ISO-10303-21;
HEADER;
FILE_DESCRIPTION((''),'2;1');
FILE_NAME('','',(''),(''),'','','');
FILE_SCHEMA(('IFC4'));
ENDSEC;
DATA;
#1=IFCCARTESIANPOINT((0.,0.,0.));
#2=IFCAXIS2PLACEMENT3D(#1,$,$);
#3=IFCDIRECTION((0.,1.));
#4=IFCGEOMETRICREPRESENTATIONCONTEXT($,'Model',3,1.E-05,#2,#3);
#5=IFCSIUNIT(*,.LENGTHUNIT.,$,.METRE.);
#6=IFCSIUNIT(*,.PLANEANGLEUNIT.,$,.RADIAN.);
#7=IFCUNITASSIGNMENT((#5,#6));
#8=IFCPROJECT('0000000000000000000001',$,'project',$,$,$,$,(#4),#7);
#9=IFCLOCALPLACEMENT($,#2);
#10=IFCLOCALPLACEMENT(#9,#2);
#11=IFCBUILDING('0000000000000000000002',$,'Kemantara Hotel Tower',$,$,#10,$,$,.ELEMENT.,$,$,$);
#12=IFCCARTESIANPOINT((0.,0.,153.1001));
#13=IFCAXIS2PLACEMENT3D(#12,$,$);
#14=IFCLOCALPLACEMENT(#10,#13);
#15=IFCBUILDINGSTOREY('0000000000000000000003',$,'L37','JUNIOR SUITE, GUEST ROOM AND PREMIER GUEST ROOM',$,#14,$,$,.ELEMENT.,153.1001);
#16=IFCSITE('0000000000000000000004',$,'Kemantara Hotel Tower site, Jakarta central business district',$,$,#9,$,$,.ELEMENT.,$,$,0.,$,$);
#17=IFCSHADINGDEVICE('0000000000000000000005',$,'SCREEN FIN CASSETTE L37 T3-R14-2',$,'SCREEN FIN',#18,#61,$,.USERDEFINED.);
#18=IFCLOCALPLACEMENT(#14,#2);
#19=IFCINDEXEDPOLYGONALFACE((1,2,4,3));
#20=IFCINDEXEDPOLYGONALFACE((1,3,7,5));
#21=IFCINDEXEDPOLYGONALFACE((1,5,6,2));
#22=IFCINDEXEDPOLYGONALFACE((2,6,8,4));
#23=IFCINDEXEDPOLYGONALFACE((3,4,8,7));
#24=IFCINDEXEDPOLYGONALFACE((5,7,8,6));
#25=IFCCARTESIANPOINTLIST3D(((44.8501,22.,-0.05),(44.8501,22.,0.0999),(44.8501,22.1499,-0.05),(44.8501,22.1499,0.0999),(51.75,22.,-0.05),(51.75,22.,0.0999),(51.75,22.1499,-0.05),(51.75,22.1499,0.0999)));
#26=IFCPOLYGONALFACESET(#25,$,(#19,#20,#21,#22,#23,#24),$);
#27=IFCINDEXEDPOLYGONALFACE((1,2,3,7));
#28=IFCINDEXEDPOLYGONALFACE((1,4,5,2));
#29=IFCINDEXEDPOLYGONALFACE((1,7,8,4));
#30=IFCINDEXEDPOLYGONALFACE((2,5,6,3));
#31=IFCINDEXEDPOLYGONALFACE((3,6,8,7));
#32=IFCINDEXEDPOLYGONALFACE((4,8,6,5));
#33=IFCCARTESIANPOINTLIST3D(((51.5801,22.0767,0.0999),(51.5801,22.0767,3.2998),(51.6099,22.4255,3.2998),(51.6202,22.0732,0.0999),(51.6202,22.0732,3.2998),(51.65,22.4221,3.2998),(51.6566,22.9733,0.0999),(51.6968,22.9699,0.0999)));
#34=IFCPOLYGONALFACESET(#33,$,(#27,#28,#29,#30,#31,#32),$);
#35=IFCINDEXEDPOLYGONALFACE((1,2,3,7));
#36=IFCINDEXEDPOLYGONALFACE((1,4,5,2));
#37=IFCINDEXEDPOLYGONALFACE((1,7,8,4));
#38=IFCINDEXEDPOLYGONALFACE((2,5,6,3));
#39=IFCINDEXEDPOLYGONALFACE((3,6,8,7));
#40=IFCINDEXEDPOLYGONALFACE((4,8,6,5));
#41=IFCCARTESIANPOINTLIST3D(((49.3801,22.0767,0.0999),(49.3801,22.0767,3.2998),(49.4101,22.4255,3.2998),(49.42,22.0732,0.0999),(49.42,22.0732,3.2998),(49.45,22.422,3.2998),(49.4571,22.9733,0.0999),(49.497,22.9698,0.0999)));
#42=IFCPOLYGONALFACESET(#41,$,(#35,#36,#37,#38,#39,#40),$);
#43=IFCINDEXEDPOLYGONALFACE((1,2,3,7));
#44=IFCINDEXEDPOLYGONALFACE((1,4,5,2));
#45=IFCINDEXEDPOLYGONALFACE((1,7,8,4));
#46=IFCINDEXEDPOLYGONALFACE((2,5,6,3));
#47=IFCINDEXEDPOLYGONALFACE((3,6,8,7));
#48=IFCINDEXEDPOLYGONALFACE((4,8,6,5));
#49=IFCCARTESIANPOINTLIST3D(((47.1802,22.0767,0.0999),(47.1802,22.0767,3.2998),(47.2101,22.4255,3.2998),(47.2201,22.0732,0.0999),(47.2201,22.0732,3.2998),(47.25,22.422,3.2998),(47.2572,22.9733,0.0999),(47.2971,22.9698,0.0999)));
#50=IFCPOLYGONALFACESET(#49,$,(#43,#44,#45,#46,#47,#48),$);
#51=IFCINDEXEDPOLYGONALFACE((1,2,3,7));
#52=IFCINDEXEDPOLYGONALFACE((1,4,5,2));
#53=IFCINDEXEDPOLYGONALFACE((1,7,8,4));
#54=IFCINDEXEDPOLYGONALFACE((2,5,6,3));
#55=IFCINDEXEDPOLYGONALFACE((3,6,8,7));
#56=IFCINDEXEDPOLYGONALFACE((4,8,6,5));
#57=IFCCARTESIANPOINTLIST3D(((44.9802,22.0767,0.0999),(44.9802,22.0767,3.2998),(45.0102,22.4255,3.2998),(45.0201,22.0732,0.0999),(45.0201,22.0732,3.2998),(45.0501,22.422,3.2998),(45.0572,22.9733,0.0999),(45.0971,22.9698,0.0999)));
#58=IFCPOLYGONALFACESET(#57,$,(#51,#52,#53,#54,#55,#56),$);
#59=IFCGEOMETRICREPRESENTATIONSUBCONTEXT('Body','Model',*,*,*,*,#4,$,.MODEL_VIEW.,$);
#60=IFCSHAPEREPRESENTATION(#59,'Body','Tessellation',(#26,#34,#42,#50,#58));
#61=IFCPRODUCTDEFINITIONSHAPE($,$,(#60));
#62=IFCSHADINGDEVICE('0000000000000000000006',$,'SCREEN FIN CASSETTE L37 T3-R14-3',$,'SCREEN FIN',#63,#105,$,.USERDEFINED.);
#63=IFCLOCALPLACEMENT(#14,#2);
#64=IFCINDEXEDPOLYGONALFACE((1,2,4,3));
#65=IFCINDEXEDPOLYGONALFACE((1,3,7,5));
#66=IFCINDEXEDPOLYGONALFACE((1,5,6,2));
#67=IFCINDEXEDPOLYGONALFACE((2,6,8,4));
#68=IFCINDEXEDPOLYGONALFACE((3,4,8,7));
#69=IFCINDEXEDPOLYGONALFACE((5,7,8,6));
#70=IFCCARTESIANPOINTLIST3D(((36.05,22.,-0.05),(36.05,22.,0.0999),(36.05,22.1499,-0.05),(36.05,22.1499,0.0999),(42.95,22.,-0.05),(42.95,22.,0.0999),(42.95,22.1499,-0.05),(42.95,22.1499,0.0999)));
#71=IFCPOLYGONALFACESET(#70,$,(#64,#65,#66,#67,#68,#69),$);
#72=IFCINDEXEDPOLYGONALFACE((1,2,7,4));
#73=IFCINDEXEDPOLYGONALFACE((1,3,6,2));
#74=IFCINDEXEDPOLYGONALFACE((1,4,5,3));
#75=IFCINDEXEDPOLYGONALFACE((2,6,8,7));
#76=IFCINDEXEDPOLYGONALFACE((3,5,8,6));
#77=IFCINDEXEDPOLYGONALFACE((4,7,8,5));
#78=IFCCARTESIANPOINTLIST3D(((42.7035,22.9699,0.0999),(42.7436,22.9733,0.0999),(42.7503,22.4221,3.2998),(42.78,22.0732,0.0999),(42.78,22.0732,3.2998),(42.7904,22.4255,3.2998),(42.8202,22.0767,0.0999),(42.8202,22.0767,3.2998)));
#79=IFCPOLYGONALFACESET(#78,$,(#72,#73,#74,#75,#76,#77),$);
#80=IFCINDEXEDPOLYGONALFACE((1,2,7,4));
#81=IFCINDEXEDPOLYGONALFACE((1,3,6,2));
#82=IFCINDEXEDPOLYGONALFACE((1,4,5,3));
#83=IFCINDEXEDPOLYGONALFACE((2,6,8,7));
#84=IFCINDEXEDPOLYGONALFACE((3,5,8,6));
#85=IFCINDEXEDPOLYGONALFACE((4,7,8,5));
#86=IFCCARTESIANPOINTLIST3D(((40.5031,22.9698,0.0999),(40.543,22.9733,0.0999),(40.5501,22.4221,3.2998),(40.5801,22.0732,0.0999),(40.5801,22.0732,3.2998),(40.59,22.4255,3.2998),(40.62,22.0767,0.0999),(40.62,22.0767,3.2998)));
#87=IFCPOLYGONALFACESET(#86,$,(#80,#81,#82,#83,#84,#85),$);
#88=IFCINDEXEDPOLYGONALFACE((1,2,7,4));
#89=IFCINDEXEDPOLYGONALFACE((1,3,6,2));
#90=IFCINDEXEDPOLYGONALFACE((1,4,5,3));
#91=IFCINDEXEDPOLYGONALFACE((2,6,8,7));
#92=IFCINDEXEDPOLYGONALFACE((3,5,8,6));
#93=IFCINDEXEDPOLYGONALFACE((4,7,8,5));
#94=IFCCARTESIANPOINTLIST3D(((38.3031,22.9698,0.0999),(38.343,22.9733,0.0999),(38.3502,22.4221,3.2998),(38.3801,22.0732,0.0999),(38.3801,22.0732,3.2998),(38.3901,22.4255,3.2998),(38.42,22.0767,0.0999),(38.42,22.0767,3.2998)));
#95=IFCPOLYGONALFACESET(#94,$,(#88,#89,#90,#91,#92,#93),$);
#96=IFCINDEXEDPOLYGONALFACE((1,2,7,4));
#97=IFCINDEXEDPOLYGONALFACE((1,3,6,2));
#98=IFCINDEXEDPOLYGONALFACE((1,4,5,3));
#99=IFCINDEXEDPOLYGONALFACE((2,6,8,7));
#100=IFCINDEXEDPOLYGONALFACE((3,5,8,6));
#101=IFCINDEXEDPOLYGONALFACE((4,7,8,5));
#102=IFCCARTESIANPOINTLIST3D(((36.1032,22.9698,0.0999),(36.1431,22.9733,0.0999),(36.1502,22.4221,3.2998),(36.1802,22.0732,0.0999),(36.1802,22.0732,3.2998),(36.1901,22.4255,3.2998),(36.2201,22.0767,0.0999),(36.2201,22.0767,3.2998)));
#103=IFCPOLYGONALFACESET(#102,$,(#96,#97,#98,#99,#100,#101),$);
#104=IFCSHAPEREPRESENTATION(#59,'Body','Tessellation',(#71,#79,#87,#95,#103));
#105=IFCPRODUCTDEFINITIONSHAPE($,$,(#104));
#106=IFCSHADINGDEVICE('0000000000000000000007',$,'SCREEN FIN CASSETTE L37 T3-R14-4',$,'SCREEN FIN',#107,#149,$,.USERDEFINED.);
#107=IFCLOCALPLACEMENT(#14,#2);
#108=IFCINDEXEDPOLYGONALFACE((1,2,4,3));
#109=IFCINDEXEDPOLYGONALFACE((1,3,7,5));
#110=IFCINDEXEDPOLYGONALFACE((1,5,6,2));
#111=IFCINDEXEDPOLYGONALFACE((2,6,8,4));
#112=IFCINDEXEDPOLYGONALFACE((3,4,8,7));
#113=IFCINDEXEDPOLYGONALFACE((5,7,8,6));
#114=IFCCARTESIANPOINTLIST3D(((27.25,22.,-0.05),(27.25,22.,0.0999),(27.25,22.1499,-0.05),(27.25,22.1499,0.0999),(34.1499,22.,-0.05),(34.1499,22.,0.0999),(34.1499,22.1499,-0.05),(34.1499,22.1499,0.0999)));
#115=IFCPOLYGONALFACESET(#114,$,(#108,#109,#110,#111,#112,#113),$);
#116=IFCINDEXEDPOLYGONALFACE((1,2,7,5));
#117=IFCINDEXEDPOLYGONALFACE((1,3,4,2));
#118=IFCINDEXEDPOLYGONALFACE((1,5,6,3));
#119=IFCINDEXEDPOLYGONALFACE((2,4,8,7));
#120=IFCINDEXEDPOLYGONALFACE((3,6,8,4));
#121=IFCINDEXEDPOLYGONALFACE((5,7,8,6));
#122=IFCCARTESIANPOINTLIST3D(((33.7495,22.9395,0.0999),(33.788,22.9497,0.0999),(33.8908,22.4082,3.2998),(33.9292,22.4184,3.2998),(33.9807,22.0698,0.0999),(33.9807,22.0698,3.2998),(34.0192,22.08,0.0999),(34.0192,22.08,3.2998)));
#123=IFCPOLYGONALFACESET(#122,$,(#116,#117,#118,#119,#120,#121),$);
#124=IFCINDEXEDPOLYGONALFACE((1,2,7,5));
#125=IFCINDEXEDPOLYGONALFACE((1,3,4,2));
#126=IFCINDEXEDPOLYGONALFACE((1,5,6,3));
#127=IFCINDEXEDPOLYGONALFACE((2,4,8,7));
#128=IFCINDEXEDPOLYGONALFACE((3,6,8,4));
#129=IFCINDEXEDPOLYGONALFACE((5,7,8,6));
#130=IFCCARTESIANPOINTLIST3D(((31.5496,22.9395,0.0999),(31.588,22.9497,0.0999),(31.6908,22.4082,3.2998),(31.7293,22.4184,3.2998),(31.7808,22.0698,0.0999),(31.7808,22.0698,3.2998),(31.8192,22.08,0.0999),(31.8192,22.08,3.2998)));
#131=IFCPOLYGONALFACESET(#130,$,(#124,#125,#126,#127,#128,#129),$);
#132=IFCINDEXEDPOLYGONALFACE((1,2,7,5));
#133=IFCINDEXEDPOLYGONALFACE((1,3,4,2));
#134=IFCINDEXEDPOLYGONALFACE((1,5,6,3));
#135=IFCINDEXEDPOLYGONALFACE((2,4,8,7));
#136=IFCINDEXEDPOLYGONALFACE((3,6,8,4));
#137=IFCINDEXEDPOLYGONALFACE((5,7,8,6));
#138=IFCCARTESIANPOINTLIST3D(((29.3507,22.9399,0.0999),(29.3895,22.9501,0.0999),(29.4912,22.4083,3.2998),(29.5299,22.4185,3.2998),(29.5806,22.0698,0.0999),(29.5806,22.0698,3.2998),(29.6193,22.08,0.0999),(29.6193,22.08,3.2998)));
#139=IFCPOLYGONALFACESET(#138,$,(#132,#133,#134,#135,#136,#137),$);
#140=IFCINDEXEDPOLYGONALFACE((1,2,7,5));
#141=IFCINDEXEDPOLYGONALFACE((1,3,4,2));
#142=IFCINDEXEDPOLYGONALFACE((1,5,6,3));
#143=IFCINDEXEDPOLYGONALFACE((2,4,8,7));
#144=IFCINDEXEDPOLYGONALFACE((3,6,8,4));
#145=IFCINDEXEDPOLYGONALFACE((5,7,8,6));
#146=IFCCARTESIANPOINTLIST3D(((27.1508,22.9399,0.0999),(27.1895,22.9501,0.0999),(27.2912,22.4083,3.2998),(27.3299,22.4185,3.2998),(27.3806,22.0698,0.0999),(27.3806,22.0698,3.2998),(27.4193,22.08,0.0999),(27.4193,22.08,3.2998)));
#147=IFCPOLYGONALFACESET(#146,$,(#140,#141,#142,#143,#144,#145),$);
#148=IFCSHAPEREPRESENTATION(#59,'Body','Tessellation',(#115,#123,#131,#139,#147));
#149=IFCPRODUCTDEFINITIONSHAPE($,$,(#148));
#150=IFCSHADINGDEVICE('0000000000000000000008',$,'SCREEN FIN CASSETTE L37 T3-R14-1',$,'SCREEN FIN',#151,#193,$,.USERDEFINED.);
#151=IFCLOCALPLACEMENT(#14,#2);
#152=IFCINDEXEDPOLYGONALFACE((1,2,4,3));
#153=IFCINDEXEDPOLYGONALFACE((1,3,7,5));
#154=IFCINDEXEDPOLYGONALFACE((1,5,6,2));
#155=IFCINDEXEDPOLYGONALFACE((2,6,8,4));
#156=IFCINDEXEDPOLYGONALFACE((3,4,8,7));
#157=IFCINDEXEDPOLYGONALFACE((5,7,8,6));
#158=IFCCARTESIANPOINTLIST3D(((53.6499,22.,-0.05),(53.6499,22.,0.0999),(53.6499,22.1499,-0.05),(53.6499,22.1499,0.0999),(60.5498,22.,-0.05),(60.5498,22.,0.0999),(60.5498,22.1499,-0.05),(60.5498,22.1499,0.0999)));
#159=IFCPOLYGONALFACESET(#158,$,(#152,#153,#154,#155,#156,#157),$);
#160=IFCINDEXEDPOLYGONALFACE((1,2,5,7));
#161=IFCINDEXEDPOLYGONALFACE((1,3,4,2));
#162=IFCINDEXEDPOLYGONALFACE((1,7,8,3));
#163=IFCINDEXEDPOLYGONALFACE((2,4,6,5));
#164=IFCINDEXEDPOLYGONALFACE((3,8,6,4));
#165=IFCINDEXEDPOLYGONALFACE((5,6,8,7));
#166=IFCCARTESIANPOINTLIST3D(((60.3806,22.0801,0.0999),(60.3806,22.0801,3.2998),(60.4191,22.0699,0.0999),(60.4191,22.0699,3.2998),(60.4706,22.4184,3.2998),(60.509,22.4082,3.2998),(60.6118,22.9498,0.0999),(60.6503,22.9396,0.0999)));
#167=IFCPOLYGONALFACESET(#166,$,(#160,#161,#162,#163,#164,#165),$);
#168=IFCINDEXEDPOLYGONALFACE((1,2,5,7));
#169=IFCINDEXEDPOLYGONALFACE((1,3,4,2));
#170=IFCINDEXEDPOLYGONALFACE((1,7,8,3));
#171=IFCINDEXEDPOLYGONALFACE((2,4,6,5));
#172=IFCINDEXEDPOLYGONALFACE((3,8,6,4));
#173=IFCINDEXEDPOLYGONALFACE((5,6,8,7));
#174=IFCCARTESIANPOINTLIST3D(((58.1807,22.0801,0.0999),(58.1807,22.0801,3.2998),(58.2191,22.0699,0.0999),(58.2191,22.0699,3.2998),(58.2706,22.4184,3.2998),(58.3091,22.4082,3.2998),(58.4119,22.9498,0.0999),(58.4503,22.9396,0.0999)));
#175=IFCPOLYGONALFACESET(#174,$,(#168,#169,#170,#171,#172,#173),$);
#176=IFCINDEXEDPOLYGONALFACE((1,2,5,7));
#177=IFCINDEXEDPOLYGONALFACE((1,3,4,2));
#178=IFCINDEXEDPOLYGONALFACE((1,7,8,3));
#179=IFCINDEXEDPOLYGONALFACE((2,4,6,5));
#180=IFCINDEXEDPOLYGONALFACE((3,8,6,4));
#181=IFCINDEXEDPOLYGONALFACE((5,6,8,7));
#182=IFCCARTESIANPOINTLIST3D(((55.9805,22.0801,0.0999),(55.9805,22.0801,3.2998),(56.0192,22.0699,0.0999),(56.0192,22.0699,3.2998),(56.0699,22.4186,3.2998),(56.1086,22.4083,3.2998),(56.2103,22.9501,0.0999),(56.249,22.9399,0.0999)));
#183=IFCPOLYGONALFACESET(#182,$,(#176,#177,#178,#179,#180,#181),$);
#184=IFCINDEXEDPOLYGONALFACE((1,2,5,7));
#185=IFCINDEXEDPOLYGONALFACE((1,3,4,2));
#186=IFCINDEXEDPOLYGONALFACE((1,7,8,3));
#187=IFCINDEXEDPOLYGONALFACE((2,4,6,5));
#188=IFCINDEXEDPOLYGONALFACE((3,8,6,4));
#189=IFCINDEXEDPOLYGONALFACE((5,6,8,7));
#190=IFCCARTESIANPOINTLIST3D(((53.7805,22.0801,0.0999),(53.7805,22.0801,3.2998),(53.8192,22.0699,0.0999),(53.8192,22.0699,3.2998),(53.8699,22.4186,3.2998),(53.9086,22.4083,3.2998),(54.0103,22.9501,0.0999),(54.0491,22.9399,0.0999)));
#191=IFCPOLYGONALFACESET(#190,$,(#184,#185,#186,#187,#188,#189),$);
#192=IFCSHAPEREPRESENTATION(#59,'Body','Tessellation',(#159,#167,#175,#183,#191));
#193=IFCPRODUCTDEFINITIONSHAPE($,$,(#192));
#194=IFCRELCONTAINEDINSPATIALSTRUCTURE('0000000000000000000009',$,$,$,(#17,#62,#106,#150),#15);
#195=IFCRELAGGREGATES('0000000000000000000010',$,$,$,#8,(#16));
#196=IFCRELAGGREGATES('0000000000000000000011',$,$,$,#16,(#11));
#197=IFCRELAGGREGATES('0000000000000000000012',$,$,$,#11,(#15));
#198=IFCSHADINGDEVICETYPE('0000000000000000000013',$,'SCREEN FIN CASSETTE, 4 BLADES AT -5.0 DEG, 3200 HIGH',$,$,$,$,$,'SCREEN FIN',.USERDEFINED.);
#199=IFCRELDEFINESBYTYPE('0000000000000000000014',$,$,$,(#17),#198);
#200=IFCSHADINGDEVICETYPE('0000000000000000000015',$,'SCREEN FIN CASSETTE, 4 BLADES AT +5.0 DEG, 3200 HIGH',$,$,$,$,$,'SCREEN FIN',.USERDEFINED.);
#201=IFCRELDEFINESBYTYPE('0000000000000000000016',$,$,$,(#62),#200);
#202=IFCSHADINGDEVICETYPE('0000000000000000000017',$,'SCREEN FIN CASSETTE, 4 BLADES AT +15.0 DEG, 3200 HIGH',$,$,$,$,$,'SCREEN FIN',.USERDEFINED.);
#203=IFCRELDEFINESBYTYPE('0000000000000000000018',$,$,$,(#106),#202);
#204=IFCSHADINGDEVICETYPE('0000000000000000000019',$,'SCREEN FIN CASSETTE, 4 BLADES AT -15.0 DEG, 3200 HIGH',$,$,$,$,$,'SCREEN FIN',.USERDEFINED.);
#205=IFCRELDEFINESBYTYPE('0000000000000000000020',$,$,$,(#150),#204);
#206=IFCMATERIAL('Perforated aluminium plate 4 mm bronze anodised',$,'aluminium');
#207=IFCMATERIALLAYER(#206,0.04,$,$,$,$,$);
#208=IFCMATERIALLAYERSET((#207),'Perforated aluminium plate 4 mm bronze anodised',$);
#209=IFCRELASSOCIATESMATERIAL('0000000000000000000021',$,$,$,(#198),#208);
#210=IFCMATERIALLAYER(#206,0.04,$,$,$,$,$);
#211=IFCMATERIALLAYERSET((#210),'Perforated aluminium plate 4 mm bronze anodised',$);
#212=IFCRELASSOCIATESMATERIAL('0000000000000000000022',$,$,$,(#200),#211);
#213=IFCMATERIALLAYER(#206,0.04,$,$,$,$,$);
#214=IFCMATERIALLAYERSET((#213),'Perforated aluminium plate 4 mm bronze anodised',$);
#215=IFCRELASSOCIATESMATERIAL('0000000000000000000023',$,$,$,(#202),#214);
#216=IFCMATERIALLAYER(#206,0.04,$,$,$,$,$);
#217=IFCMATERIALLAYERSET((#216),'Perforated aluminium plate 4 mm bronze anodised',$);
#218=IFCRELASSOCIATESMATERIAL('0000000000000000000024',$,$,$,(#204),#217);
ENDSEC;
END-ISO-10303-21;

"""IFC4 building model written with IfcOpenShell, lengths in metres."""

from ifc_helpers import new_model, si_unit, direction, frame, origin, origin_2d, place, context, subcontext, project, spatial, polyline, rectangle, outline, extrude, source, transform, mapped, material, layer, layer_set, type_object, element, save


model = new_model("IFC4")

# Units and contexts
model_context = context("Model", 3, precision=1e-05, world=origin(), true_north=direction((0.0, 1.0)))
body_context = subcontext(model_context, "Body", "Model", "MODEL_VIEW")
ifc_project = project(units=[si_unit("LENGTHUNIT", "METRE"), si_unit("PLANEANGLEUNIT", "RADIAN")], contexts=[model_context])

# Site, building, storey
site_placement = place(None, origin())
site = spatial("IfcSite", under=ifc_project, at=site_placement, Name="Kemantara Hotel Tower site, Jakarta central business district", CompositionType="ELEMENT", RefElevation=0.0)
building_placement = place(site_placement, origin())
building = spatial("IfcBuilding", under=site, at=building_placement, Name="Kemantara Hotel Tower", CompositionType="ELEMENT")
storey_placement = place(building_placement, frame((0.0, 0.0, 153.1001)))
storey = spatial("IfcBuildingStorey", under=building, at=storey_placement, Name="L37", Description="JUNIOR SUITE, GUEST ROOM AND PREMIER GUEST ROOM", CompositionType="ELEMENT", Elevation=153.1001)

# Shading devices
ifc_material_1 = material(Name="Perforated aluminium plate 4 mm bronze anodised", Category="aluminium")
ifc_layer_1 = layer(ifc_material_1, 0.04)
ifc_layer_set_1 = layer_set([ifc_layer_1], Name="Perforated aluminium plate 4 mm bronze anodised")
shading_device_type_1 = type_object("IfcShadingDeviceType", Name="SCREEN FIN CASSETTE, 4 BLADES AT -5.0 DEG, 3200 HIGH", ElementType="SCREEN FIN", PredefinedType="USERDEFINED", material=ifc_layer_set_1)
shared_shape_1 = source(origin(), body_context, "Body", "SweptSolid", [
    extrude(rectangle(XDim=6.8999, YDim=0.1499, at=origin_2d()), frame((3.3, -0.075, -0.1499), z_axis=(0.0, 0.0, 1.0), x_axis=(1.0, 0.0, 0.0)), (0.0, 0.0, 1.0), 0.1499),
    extrude(outline(polyline([(0.0, 0.0), (0.8999, 0.0), (0.3501, 3.2), (0.0, 3.2), (0.0, 0.0)])), frame((0.02, -0.0767, 0.0), z_axis=(-0.996376, 0.085056, 0.0), x_axis=(-0.085056, -0.996376, 0.0)), (0.0, 0.0, 1.0), 0.0403),
    extrude(outline(polyline([(0.0, 0.0), (0.8999, 0.0), (0.3501, 3.2), (0.0, 3.2), (0.0, 0.0)])), frame((2.22, -0.0767, 0.0), z_axis=(-0.996332, 0.085575, 0.0), x_axis=(-0.085575, -0.996332, 0.0)), (0.0, 0.0, 1.0), 0.04),
    extrude(outline(polyline([(0.0, 0.0), (0.8999, 0.0), (0.3501, 3.2), (0.0, 3.2), (0.0, 0.0)])), frame((4.4199, -0.0767, 0.0), z_axis=(-0.996332, 0.085575, 0.0), x_axis=(-0.085575, -0.996332, 0.0)), (0.0, 0.0, 1.0), 0.04),
    extrude(outline(polyline([(0.0, 0.0), (0.8999, 0.0), (0.3501, 3.2), (0.0, 3.2), (0.0, 0.0)])), frame((6.6199, -0.0767, 0.0), z_axis=(-0.996332, 0.085575, 0.0), x_axis=(-0.085575, -0.996332, 0.0)), (0.0, 0.0, 1.0), 0.04),
])
shading_device_1_placement = place(storey_placement, frame((51.6001, 22.0, 0.0999), z_axis=(0.0, 0.0, 1.0), x_axis=(-1.0, 0.0, 0.0)))
element("IfcShadingDevice", 1, at=shading_device_1_placement, inside=storey, type_object=shading_device_type_1, Name="SCREEN FIN CASSETTE L37 T3-R14-2", ObjectType="SCREEN FIN", PredefinedType="USERDEFINED", context=body_context, shape_type="MappedRepresentation", body=[
    mapped(shared_shape_1, transform((0.0, 0.0, 0.0))),
])
ifc_layer_2 = layer(ifc_material_1, 0.04)
ifc_layer_set_2 = layer_set([ifc_layer_2], Name="Perforated aluminium plate 4 mm bronze anodised")
shading_device_type_2 = type_object("IfcShadingDeviceType", Name="SCREEN FIN CASSETTE, 4 BLADES AT +5.0 DEG, 3200 HIGH", ElementType="SCREEN FIN", PredefinedType="USERDEFINED", material=ifc_layer_set_2)
shared_shape_2 = source(origin(), body_context, "Body", "SweptSolid", [
    extrude(rectangle(XDim=6.8999, YDim=0.1499, at=origin_2d()), frame((3.3, -0.075, -0.1499), z_axis=(0.0, 0.0, 1.0), x_axis=(1.0, 0.0, 0.0)), (0.0, 0.0, 1.0), 0.1499),
    extrude(outline(polyline([(0.0, 0.0), (0.8999, 0.0), (0.3501, 3.2), (0.0, 3.2), (0.0, 0.0)])), frame((0.02, -0.0732, 0.0), z_axis=(-0.996376, -0.085056, 0.0), x_axis=(0.085056, -0.996376, 0.0)), (0.0, 0.0, 1.0), 0.0403),
    extrude(outline(polyline([(0.0, 0.0), (0.8999, 0.0), (0.3501, 3.2), (0.0, 3.2), (0.0, 0.0)])), frame((2.22, -0.0732, 0.0), z_axis=(-0.996332, -0.085575, 0.0), x_axis=(0.085575, -0.996332, 0.0)), (0.0, 0.0, 1.0), 0.04),
    extrude(outline(polyline([(0.0, 0.0), (0.8999, 0.0), (0.3501, 3.2), (0.0, 3.2), (0.0, 0.0)])), frame((4.4199, -0.0732, 0.0), z_axis=(-0.996332, -0.085575, 0.0), x_axis=(0.085575, -0.996332, 0.0)), (0.0, 0.0, 1.0), 0.04),
    extrude(outline(polyline([(0.0, 0.0), (0.8999, 0.0), (0.3501, 3.2), (0.0, 3.2), (0.0, 0.0)])), frame((6.6199, -0.0732, 0.0), z_axis=(-0.996332, -0.085575, 0.0), x_axis=(0.085575, -0.996332, 0.0)), (0.0, 0.0, 1.0), 0.04),
])
shading_device_2_placement = place(storey_placement, frame((42.8, 22.0, 0.0999), z_axis=(0.0, 0.0, 1.0), x_axis=(-1.0, 0.0, 0.0)))
element("IfcShadingDevice", 2, at=shading_device_2_placement, inside=storey, type_object=shading_device_type_2, Name="SCREEN FIN CASSETTE L37 T3-R14-3", ObjectType="SCREEN FIN", PredefinedType="USERDEFINED", context=body_context, shape_type="MappedRepresentation", body=[
    mapped(shared_shape_2, transform((0.0, 0.0, 0.0))),
])
ifc_layer_3 = layer(ifc_material_1, 0.04)
ifc_layer_set_3 = layer_set([ifc_layer_3], Name="Perforated aluminium plate 4 mm bronze anodised")
shading_device_type_3 = type_object("IfcShadingDeviceType", Name="SCREEN FIN CASSETTE, 4 BLADES AT +15.0 DEG, 3200 HIGH", ElementType="SCREEN FIN", PredefinedType="USERDEFINED", material=ifc_layer_set_3)
shared_shape_3 = source(origin(), body_context, "Body", "SweptSolid", [
    extrude(rectangle(XDim=6.8999, YDim=0.1499, at=origin_2d()), frame((3.3, -0.075, -0.1499), z_axis=(0.0, 0.0, 1.0), x_axis=(1.0, 0.0, 0.0)), (0.0, 0.0, 1.0), 0.1499),
    extrude(outline(polyline([(0.0, 0.0), (0.8999, 0.0), (0.3501, 3.2), (0.0, 3.2), (0.0, 0.0)])), frame((0.0193, -0.0698, 0.0), z_axis=(-0.966438, -0.256901, 0.0), x_axis=(0.256901, -0.966438, 0.0)), (0.0, 0.0, 1.0), 0.0398),
    extrude(outline(polyline([(0.0, 0.0), (0.8999, 0.0), (0.3501, 3.2), (0.0, 3.2), (0.0, 0.0)])), frame((2.2192, -0.0698, 0.0), z_axis=(-0.966438, -0.256901, 0.0), x_axis=(0.256901, -0.966438, 0.0)), (0.0, 0.0, 1.0), 0.0398),
    extrude(outline(polyline([(0.0, 0.0), (0.8999, 0.0), (0.3501, 3.2), (0.0, 3.2), (0.0, 0.0)])), frame((4.4194, -0.0698, 0.0), z_axis=(-0.966838, -0.255391, 0.0), x_axis=(0.255391, -0.966838, 0.0)), (0.0, 0.0, 1.0), 0.04),
    extrude(outline(polyline([(0.0, 0.0), (0.8999, 0.0), (0.3501, 3.2), (0.0, 3.2), (0.0, 0.0)])), frame((6.6194, -0.0698, 0.0), z_axis=(-0.966838, -0.255391, 0.0), x_axis=(0.255391, -0.966838, 0.0)), (0.0, 0.0, 1.0), 0.04),
])
shading_device_3_placement = place(storey_placement, frame((34.0, 22.0, 0.0999), z_axis=(0.0, 0.0, 1.0), x_axis=(-1.0, 0.0, 0.0)))
element("IfcShadingDevice", 3, at=shading_device_3_placement, inside=storey, type_object=shading_device_type_3, Name="SCREEN FIN CASSETTE L37 T3-R14-4", ObjectType="SCREEN FIN", PredefinedType="USERDEFINED", context=body_context, shape_type="MappedRepresentation", body=[
    mapped(shared_shape_3, transform((0.0, 0.0, 0.0))),
])
ifc_layer_4 = layer(ifc_material_1, 0.04)
ifc_layer_set_4 = layer_set([ifc_layer_4], Name="Perforated aluminium plate 4 mm bronze anodised")
shading_device_type_4 = type_object("IfcShadingDeviceType", Name="SCREEN FIN CASSETTE, 4 BLADES AT -15.0 DEG, 3200 HIGH", ElementType="SCREEN FIN", PredefinedType="USERDEFINED", material=ifc_layer_set_4)
shared_shape_4 = source(origin(), body_context, "Body", "SweptSolid", [
    extrude(rectangle(XDim=6.8999, YDim=0.1499, at=origin_2d()), frame((3.3, -0.075, -0.1499), z_axis=(0.0, 0.0, 1.0), x_axis=(1.0, 0.0, 0.0)), (0.0, 0.0, 1.0), 0.1499),
    extrude(outline(polyline([(0.0, 0.0), (0.8999, 0.0), (0.3501, 3.2), (0.0, 3.2), (0.0, 0.0)])), frame((0.0193, -0.0801, 0.0), z_axis=(-0.966438, 0.256901, 0.0), x_axis=(-0.256901, -0.966438, 0.0)), (0.0, 0.0, 1.0), 0.0398),
    extrude(outline(polyline([(0.0, 0.0), (0.8999, 0.0), (0.3501, 3.2), (0.0, 3.2), (0.0, 0.0)])), frame((2.2192, -0.0801, 0.0), z_axis=(-0.966438, 0.256901, 0.0), x_axis=(-0.256901, -0.966438, 0.0)), (0.0, 0.0, 1.0), 0.0398),
    extrude(outline(polyline([(0.0, 0.0), (0.8999, 0.0), (0.3501, 3.2), (0.0, 3.2), (0.0, 0.0)])), frame((4.4194, -0.0801, 0.0), z_axis=(-0.966838, 0.255391, 0.0), x_axis=(-0.255391, -0.966838, 0.0)), (0.0, 0.0, 1.0), 0.04),
    extrude(outline(polyline([(0.0, 0.0), (0.8999, 0.0), (0.3501, 3.2), (0.0, 3.2), (0.0, 0.0)])), frame((6.6194, -0.0801, 0.0), z_axis=(-0.966838, 0.255391, 0.0), x_axis=(-0.255391, -0.966838, 0.0)), (0.0, 0.0, 1.0), 0.04),
])
shading_device_4_placement = place(storey_placement, frame((60.3999, 22.0, 0.0999), z_axis=(0.0, 0.0, 1.0), x_axis=(-1.0, 0.0, 0.0)))
element("IfcShadingDevice", 4, at=shading_device_4_placement, inside=storey, type_object=shading_device_type_4, Name="SCREEN FIN CASSETTE L37 T3-R14-1", ObjectType="SCREEN FIN", PredefinedType="USERDEFINED", context=body_context, shape_type="MappedRepresentation", body=[
    mapped(shared_shape_4, transform((0.0, 0.0, 0.0))),
])

save(model, "model.ifc")
